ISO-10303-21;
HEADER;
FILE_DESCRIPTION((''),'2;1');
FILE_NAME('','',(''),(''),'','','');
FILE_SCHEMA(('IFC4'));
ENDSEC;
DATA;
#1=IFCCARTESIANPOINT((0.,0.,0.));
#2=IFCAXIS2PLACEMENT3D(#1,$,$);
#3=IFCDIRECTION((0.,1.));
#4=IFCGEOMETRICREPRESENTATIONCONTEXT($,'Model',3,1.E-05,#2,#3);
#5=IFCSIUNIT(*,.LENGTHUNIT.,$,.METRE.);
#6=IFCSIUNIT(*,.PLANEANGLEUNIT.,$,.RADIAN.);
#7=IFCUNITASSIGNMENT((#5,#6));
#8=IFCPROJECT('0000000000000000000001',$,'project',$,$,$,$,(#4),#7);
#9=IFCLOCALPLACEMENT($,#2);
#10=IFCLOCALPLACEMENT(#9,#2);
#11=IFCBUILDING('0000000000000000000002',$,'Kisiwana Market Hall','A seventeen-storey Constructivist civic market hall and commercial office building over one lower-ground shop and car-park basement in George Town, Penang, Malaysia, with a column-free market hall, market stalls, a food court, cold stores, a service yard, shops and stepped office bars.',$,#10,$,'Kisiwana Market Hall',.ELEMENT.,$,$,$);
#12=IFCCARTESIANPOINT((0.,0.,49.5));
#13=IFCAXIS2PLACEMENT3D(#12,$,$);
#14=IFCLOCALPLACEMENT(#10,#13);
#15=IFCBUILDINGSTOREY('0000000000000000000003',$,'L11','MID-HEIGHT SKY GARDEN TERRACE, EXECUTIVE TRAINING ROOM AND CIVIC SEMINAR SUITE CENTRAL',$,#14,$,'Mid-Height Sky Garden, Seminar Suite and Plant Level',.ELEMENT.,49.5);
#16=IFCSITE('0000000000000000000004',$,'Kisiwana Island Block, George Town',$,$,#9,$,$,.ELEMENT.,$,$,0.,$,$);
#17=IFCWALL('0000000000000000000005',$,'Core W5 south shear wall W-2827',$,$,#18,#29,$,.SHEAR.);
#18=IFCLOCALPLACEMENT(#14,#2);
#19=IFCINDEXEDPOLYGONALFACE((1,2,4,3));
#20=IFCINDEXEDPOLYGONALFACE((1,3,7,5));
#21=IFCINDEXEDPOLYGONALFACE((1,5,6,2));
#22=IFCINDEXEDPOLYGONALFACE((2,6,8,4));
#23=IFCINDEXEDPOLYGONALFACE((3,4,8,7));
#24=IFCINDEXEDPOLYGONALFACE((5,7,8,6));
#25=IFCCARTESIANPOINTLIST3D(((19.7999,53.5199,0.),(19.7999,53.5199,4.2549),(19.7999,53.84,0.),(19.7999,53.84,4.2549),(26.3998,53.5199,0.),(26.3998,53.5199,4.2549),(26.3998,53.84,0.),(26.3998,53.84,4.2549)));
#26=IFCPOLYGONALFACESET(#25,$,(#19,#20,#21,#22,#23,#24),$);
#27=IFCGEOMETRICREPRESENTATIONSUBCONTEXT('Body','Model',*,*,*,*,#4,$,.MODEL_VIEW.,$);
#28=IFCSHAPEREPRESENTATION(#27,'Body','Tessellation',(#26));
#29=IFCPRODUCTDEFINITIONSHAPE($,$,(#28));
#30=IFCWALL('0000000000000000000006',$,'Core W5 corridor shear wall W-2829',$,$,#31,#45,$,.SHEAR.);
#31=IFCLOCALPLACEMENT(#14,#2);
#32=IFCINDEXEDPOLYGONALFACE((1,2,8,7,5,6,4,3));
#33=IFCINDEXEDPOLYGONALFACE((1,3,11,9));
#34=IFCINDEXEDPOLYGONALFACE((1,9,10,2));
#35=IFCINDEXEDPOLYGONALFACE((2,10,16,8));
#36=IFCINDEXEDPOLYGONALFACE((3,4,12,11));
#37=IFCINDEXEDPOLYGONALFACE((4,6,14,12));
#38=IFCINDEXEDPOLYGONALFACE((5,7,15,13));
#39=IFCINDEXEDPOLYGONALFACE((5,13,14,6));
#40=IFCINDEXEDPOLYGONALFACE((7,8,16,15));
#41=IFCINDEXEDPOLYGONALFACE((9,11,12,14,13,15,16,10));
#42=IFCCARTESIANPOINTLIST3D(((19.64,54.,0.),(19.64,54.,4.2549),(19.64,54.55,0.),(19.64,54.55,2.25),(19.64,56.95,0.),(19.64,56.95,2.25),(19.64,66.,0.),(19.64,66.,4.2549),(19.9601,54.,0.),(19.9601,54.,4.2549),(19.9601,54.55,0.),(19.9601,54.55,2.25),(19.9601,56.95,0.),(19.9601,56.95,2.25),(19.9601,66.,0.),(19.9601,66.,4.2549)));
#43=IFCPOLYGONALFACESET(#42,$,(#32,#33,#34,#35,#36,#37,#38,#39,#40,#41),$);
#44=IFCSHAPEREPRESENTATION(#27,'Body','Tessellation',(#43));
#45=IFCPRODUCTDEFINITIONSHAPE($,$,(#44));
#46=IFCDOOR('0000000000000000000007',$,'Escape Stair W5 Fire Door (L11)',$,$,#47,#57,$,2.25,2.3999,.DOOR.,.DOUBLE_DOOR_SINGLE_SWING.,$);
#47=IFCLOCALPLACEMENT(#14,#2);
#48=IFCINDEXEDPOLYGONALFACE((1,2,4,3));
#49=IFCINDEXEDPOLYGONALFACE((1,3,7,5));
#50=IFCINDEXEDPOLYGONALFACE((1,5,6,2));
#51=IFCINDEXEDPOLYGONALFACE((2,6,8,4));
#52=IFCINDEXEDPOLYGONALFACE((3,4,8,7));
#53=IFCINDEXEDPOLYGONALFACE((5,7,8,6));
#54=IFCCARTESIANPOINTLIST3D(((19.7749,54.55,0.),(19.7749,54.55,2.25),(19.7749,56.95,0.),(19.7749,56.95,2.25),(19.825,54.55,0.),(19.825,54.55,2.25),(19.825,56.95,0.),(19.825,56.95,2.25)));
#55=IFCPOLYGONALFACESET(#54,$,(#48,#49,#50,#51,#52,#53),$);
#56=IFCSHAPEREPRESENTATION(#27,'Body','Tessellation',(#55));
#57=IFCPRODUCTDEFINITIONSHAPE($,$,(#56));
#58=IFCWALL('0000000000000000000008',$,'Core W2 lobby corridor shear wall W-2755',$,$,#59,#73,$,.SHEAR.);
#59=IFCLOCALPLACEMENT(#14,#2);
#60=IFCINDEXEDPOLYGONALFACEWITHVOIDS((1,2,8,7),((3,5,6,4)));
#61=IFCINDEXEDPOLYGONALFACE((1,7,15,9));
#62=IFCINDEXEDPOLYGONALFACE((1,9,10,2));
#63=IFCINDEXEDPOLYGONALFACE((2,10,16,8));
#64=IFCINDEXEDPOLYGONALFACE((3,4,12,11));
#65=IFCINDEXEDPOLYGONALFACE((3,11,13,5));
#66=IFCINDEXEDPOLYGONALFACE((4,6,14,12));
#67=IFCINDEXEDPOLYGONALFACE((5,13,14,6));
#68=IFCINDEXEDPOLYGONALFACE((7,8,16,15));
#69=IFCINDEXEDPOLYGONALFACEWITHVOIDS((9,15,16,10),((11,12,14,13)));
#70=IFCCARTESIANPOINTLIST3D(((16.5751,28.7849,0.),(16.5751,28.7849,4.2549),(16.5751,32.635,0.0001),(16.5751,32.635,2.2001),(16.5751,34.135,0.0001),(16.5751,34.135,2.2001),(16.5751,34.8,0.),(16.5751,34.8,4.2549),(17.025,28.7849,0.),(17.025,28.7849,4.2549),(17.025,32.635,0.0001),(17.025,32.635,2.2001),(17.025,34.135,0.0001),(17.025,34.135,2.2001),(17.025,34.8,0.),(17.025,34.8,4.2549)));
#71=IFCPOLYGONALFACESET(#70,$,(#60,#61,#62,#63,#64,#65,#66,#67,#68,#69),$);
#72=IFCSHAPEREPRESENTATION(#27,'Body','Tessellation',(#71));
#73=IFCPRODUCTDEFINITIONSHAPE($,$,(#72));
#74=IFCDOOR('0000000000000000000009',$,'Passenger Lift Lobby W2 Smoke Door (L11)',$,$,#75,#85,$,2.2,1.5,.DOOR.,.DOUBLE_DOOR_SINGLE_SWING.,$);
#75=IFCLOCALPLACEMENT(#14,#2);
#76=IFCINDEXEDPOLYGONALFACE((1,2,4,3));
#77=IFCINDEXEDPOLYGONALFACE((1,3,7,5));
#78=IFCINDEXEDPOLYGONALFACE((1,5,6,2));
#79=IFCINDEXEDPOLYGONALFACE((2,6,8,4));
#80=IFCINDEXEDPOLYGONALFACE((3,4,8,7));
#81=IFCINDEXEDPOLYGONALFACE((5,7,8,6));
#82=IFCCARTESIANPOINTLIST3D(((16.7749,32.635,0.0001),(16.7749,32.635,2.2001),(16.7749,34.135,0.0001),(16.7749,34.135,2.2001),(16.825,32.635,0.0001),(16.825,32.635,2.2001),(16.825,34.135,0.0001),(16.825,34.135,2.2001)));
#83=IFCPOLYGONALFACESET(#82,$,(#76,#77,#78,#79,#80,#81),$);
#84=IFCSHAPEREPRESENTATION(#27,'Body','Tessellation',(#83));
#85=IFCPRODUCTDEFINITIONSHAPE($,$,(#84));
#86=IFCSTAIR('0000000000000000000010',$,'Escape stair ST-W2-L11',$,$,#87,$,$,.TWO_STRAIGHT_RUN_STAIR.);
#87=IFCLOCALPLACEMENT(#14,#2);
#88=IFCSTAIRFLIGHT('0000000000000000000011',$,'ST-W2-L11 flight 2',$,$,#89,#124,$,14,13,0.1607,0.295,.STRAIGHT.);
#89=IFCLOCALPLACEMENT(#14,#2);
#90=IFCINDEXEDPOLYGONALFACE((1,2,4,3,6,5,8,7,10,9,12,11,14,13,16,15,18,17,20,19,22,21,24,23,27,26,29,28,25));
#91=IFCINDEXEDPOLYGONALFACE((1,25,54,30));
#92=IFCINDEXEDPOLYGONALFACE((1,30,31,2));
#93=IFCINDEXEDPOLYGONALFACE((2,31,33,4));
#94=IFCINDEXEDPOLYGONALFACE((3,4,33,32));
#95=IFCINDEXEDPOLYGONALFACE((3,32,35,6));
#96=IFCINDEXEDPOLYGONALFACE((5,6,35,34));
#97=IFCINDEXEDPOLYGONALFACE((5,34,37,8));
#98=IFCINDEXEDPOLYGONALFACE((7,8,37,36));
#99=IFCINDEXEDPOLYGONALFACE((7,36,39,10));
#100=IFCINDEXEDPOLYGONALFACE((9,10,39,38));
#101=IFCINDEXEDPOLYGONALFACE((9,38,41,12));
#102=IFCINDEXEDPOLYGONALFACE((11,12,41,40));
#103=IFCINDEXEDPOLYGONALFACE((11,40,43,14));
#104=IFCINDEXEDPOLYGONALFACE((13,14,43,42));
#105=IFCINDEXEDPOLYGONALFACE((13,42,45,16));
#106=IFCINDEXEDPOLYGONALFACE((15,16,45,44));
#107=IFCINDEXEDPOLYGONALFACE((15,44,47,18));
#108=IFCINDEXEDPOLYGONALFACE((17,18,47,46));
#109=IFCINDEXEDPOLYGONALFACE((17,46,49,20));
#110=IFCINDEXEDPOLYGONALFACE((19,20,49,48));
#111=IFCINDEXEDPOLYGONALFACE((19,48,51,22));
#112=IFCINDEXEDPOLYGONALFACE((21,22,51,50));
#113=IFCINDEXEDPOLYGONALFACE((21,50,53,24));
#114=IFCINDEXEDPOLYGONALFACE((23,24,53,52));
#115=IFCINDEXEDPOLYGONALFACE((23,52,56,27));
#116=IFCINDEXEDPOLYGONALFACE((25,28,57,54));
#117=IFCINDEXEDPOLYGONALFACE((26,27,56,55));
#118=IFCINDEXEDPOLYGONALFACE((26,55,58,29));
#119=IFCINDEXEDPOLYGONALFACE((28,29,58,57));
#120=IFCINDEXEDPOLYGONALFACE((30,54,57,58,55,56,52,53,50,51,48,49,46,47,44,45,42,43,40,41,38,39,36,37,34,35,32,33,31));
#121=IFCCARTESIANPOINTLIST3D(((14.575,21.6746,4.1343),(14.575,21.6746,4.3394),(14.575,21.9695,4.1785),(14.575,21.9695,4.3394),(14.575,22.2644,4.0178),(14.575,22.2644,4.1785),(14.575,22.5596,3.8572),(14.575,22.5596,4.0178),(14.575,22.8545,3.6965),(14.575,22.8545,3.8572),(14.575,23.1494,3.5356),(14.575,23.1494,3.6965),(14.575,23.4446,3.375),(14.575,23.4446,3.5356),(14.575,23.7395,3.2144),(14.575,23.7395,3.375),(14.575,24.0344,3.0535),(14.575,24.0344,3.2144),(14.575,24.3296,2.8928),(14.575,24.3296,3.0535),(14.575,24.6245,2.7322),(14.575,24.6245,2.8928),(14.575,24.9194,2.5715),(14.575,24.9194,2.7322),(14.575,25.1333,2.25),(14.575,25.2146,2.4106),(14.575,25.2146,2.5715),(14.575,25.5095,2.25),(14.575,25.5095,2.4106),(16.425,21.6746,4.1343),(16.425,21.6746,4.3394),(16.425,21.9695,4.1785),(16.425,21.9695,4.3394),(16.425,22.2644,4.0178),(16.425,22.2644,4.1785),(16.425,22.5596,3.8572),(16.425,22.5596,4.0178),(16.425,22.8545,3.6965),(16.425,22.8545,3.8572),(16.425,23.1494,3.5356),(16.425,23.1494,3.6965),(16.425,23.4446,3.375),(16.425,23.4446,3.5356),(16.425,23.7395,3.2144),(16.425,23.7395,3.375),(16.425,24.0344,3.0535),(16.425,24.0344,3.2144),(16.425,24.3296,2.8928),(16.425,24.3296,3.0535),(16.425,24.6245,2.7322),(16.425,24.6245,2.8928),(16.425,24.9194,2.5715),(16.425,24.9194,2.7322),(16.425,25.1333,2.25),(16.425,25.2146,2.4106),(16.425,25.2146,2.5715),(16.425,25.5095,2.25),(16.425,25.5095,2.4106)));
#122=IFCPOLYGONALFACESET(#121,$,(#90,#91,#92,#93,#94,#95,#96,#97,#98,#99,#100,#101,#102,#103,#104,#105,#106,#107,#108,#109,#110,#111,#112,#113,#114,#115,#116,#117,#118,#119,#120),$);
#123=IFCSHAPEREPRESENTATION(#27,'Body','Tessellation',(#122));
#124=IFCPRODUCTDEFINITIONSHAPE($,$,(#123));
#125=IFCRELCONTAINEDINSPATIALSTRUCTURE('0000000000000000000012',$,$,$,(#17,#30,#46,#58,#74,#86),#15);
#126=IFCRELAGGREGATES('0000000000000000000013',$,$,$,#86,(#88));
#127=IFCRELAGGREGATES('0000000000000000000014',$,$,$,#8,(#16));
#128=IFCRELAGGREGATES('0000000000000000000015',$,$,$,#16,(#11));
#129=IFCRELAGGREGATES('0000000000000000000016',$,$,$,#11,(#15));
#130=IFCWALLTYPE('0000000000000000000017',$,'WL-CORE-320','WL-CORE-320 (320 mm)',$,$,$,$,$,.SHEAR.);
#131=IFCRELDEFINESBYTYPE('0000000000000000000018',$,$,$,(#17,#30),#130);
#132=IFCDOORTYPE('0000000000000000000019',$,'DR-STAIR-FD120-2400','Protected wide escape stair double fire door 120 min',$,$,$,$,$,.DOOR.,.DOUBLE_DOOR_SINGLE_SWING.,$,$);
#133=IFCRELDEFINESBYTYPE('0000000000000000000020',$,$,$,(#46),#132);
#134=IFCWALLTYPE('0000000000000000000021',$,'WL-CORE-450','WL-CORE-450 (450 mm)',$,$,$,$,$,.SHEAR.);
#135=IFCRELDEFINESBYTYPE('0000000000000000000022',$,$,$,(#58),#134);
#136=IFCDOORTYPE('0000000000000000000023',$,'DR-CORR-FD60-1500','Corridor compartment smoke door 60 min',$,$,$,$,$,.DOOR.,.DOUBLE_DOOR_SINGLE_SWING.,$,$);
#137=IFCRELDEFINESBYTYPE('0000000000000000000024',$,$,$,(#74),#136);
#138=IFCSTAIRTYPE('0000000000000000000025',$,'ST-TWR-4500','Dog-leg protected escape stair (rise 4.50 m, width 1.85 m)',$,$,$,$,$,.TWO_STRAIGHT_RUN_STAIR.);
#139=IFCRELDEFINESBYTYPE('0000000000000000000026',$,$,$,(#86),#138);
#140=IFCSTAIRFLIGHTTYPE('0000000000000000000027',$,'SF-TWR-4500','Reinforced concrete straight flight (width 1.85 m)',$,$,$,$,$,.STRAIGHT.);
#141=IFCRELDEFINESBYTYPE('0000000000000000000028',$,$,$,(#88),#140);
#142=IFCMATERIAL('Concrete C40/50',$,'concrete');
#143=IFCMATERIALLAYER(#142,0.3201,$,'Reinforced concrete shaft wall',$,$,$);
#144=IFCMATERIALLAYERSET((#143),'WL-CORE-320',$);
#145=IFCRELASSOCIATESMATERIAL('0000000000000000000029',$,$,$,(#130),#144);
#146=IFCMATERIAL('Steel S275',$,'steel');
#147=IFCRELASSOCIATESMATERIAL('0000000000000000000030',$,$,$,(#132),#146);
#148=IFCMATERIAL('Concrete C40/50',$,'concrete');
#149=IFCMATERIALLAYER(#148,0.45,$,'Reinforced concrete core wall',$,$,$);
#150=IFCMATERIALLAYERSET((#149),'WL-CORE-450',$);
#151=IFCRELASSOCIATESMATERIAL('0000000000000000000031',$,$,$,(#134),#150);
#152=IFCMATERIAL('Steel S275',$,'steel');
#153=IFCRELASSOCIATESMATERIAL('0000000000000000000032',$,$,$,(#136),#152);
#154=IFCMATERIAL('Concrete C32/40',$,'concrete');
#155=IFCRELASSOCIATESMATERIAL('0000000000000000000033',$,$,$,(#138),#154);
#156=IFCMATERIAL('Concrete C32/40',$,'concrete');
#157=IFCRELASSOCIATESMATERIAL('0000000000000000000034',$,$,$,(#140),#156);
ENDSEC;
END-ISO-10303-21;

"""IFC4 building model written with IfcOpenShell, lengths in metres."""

from ifc_helpers import new_model, si_unit, direction, frame, frame_2d, origin, place, context, subcontext, project, spatial, polyline, rectangle, outline, extrude, material, layer, layer_set, type_object, element, fill, aggregate, save


model = new_model("IFC4")

# Units and contexts
model_context = context("Model", 3, precision=1e-05, world=origin(), true_north=direction((0.0, 1.0)))
body_context = subcontext(model_context, "Body", "Model", "MODEL_VIEW")
ifc_project = project(units=[si_unit("LENGTHUNIT", "METRE"), si_unit("PLANEANGLEUNIT", "RADIAN")], contexts=[model_context])

# Site, building, storey
site_placement = place(None, origin())
site = spatial("IfcSite", under=ifc_project, at=site_placement, Name="Kisiwana Island Block, George Town", CompositionType="ELEMENT", RefElevation=0.0)
building_placement = place(site_placement, origin())
building = spatial("IfcBuilding", under=site, at=building_placement, Name="Kisiwana Market Hall", Description="A seventeen-storey Constructivist civic market hall and commercial office building over one lower-ground shop and car-park basement in George Town, Penang, Malaysia, with a column-free market hall, market stalls, a food court, cold stores, a service yard, shops and stepped office bars.", LongName="Kisiwana Market Hall", CompositionType="ELEMENT")
storey_placement = place(building_placement, frame((0.0, 0.0, 49.5)))
storey = spatial("IfcBuildingStorey", under=building, at=storey_placement, Name="L11", Description="MID-HEIGHT SKY GARDEN TERRACE, EXECUTIVE TRAINING ROOM AND CIVIC SEMINAR SUITE CENTRAL", LongName="Mid-Height Sky Garden, Seminar Suite and Plant Level", CompositionType="ELEMENT", Elevation=49.5)

# Shared definitions
ifc_material_1 = material(Name="Concrete C40/50", Category="concrete")
ifc_layer_1 = layer(ifc_material_1, 0.3201, Name="Reinforced concrete shaft wall")
ifc_layer_set_1 = layer_set([ifc_layer_1], Name="WL-CORE-320")
wall_type_1 = type_object("IfcWallType", Name="WL-CORE-320", Description="WL-CORE-320 (320 mm)", PredefinedType="SHEAR", material=ifc_layer_set_1)
ifc_material_2 = material(Name="Steel S275", Category="steel")
door_type_1 = type_object("IfcDoorType", Name="DR-STAIR-FD120-2400", Description="Protected wide escape stair double fire door 120 min", OperationType="DOUBLE_DOOR_SINGLE_SWING", PredefinedType="DOOR", material=ifc_material_2)

# Wall
wall_1_placement = place(storey_placement, frame((19.8, 53.6799, 0.0), z_axis=(0.0, 0.0, 1.0), x_axis=(1.0, 0.0, 0.0)))
element("IfcWall", 1, at=wall_1_placement, inside=storey, type_object=wall_type_1, Name="Core W5 south shear wall W-2827", PredefinedType="SHEAR", context=body_context, shape_type="SweptSolid", body=[
    extrude(rectangle(XDim=6.5999, YDim=0.3201, at=frame_2d((3.2998, 0.0))), origin(), (0.0, 0.0, 1.0), 4.2549),
])

# Walls, openings, doors
wall_2_placement = place(storey_placement, frame((19.8, 54.0, 0.0), z_axis=(0.0, 0.0, 1.0), x_axis=(0.0, 1.0, 0.0)))
wall_2 = element("IfcWall", 2, at=wall_2_placement, inside=storey, type_object=wall_type_1, Name="Core W5 corridor shear wall W-2829", PredefinedType="SHEAR", context=body_context, shape_type="SweptSolid", body=[
    extrude(rectangle(XDim=12.0, YDim=0.3201, at=frame_2d((6.0, 0.0))), origin(), (0.0, 0.0, 1.0), 4.2549),
])
opening_1_placement = place(wall_2_placement, frame((0.55, 0.0, 0.0)))
opening_1 = element("IfcOpeningElement", 3, at=opening_1_placement, cuts=wall_2, PredefinedType="OPENING", context=body_context, shape_type="SweptSolid", body=[
    extrude(rectangle(XDim=2.3999, YDim=2.25, at=frame_2d((1.2, 1.125))), frame((0.0, 0.1719, 0.0), z_axis=(0.0, -1.0, 0.0), x_axis=(1.0, 0.0, 0.0)), (0.0, 0.0, 1.0), 0.344),
])
door_1_placement = place(opening_1_placement, frame((2.3999, 0.0, 0.0), z_axis=(0.0, 0.0, 1.0), x_axis=(-1.0, 0.0, 0.0)))
door_1 = element("IfcDoor", 4, at=door_1_placement, inside=storey, type_object=door_type_1, Name="Escape Stair W5 Fire Door (L11)", OperationType="DOUBLE_DOOR_SINGLE_SWING", OverallHeight=2.25, OverallWidth=2.3999, PredefinedType="DOOR", context=body_context, shape_type="SweptSolid", body=[
    extrude(rectangle(XDim=2.3999, YDim=2.25, at=frame_2d((1.2, 1.125))), frame((0.0, 0.0249, 0.0), z_axis=(0.0, -1.0, 0.0), x_axis=(1.0, 0.0, 0.0)), (0.0, 0.0, 1.0), 0.05),
])
fill(opening_1, door_1)
ifc_material_3 = material(Name="Concrete C40/50", Category="concrete")
ifc_layer_2 = layer(ifc_material_3, 0.45, Name="Reinforced concrete core wall")
ifc_layer_set_2 = layer_set([ifc_layer_2], Name="WL-CORE-450")
wall_type_2 = type_object("IfcWallType", Name="WL-CORE-450", Description="WL-CORE-450 (450 mm)", PredefinedType="SHEAR", material=ifc_layer_set_2)
wall_3_placement = place(storey_placement, frame((16.8, 28.7849, 0.0), z_axis=(0.0, 0.0, 1.0), x_axis=(0.0, 1.0, 0.0)))
wall_3 = element("IfcWall", 5, at=wall_3_placement, inside=storey, type_object=wall_type_2, Name="Core W2 lobby corridor shear wall W-2755", PredefinedType="SHEAR", context=body_context, shape_type="SweptSolid", body=[
    extrude(rectangle(XDim=6.0151, YDim=0.45, at=frame_2d((3.0076, 0.0))), origin(), (0.0, 0.0, 1.0), 4.2549),
])
opening_2_placement = place(wall_3_placement, frame((3.8501, 0.0, 0.0)))
opening_2 = element("IfcOpeningElement", 6, at=opening_2_placement, cuts=wall_3, PredefinedType="OPENING", context=body_context, shape_type="SweptSolid", body=[
    extrude(rectangle(XDim=1.5, YDim=2.2, at=frame_2d((0.75, 1.1001))), frame((0.0, 0.2368, 0.0), z_axis=(0.0, -1.0, 0.0), x_axis=(1.0, 0.0, 0.0)), (0.0, 0.0, 1.0), 0.4739),
])
ifc_material_4 = material(Name="Steel S275", Category="steel")
door_type_2 = type_object("IfcDoorType", Name="DR-CORR-FD60-1500", Description="Corridor compartment smoke door 60 min", OperationType="DOUBLE_DOOR_SINGLE_SWING", PredefinedType="DOOR", material=ifc_material_4)
door_2_placement = place(opening_2_placement, frame((1.5, 0.0, 0.0), z_axis=(0.0, 0.0, 1.0), x_axis=(-1.0, 0.0, 0.0)))
door_2 = element("IfcDoor", 7, at=door_2_placement, inside=storey, type_object=door_type_2, Name="Passenger Lift Lobby W2 Smoke Door (L11)", OperationType="DOUBLE_DOOR_SINGLE_SWING", OverallHeight=2.2, OverallWidth=1.5, PredefinedType="DOOR", context=body_context, shape_type="SweptSolid", body=[
    extrude(rectangle(XDim=1.5, YDim=2.2, at=frame_2d((0.75, 1.1001))), frame((0.0, 0.0249, 0.0), z_axis=(0.0, -1.0, 0.0), x_axis=(1.0, 0.0, 0.0)), (0.0, 0.0, 1.0), 0.05),
])
fill(opening_2, door_2)

# Stair, stair flight
ifc_material_5 = material(Name="Concrete C32/40", Category="concrete")
stair_type = type_object("IfcStairType", Name="ST-TWR-4500", Description="Dog-leg protected escape stair (rise 4.50 m, width 1.85 m)", PredefinedType="TWO_STRAIGHT_RUN_STAIR", material=ifc_material_5)
stair_placement = place(storey_placement, origin())
stair = element("IfcStair", 8, at=stair_placement, inside=storey, type_object=stair_type, Name="Escape stair ST-W2-L11", PredefinedType="TWO_STRAIGHT_RUN_STAIR")
ifc_material_6 = material(Name="Concrete C32/40", Category="concrete")
stair_flight_type = type_object("IfcStairFlightType", Name="SF-TWR-4500", Description="Reinforced concrete straight flight (width 1.85 m)", PredefinedType="STRAIGHT", material=ifc_material_6)
stair_flight_placement = place(storey_placement, frame((15.5, 25.5095, 2.25), z_axis=(0.0, 0.0, 1.0), x_axis=(0.0, -1.0, 0.0)))
stair_flight = element("IfcStairFlight", 9, at=stair_flight_placement, type_object=stair_flight_type, Name="ST-W2-L11 flight 2", NumberOfRisers=14, NumberOfTreads=13, PredefinedType="STRAIGHT", RiserHeight=0.1607, TreadLength=0.295, context=body_context, shape_type="SweptSolid", body=[
    extrude(outline(polyline([(0.0, 0.0), (0.0, 0.1606), (0.2949, 0.1606), (0.2949, 0.3215), (0.5901, 0.3215), (0.5901, 0.4822), (0.885, 0.4822), (0.885, 0.6428), (1.1799, 0.6428), (1.1799, 0.8035), (1.4751, 0.8035), (1.4751, 0.9644), (1.77, 0.9644), (1.77, 1.125), (2.0649, 1.125), (2.0649, 1.2856), (2.3601, 1.2856), (2.3601, 1.4465), (2.655, 1.4465), (2.655, 1.6072), (2.95, 1.6072), (2.95, 1.7678), (3.2451, 1.7678), (3.2451, 1.9285), (3.54, 1.9285), (3.54, 2.0894), (3.835, 2.0894), (3.835, 2.25), (3.835, 1.8843), (0.3762, 0.0), (0.0, 0.0)])), frame((0.0, 0.925, 0.0), z_axis=(0.0, -1.0, 0.0), x_axis=(1.0, 0.0, 0.0)), (0.0, 0.0, 1.0), 1.8501),
])
aggregate(stair, [stair_flight])

save(model, "model.ifc")
